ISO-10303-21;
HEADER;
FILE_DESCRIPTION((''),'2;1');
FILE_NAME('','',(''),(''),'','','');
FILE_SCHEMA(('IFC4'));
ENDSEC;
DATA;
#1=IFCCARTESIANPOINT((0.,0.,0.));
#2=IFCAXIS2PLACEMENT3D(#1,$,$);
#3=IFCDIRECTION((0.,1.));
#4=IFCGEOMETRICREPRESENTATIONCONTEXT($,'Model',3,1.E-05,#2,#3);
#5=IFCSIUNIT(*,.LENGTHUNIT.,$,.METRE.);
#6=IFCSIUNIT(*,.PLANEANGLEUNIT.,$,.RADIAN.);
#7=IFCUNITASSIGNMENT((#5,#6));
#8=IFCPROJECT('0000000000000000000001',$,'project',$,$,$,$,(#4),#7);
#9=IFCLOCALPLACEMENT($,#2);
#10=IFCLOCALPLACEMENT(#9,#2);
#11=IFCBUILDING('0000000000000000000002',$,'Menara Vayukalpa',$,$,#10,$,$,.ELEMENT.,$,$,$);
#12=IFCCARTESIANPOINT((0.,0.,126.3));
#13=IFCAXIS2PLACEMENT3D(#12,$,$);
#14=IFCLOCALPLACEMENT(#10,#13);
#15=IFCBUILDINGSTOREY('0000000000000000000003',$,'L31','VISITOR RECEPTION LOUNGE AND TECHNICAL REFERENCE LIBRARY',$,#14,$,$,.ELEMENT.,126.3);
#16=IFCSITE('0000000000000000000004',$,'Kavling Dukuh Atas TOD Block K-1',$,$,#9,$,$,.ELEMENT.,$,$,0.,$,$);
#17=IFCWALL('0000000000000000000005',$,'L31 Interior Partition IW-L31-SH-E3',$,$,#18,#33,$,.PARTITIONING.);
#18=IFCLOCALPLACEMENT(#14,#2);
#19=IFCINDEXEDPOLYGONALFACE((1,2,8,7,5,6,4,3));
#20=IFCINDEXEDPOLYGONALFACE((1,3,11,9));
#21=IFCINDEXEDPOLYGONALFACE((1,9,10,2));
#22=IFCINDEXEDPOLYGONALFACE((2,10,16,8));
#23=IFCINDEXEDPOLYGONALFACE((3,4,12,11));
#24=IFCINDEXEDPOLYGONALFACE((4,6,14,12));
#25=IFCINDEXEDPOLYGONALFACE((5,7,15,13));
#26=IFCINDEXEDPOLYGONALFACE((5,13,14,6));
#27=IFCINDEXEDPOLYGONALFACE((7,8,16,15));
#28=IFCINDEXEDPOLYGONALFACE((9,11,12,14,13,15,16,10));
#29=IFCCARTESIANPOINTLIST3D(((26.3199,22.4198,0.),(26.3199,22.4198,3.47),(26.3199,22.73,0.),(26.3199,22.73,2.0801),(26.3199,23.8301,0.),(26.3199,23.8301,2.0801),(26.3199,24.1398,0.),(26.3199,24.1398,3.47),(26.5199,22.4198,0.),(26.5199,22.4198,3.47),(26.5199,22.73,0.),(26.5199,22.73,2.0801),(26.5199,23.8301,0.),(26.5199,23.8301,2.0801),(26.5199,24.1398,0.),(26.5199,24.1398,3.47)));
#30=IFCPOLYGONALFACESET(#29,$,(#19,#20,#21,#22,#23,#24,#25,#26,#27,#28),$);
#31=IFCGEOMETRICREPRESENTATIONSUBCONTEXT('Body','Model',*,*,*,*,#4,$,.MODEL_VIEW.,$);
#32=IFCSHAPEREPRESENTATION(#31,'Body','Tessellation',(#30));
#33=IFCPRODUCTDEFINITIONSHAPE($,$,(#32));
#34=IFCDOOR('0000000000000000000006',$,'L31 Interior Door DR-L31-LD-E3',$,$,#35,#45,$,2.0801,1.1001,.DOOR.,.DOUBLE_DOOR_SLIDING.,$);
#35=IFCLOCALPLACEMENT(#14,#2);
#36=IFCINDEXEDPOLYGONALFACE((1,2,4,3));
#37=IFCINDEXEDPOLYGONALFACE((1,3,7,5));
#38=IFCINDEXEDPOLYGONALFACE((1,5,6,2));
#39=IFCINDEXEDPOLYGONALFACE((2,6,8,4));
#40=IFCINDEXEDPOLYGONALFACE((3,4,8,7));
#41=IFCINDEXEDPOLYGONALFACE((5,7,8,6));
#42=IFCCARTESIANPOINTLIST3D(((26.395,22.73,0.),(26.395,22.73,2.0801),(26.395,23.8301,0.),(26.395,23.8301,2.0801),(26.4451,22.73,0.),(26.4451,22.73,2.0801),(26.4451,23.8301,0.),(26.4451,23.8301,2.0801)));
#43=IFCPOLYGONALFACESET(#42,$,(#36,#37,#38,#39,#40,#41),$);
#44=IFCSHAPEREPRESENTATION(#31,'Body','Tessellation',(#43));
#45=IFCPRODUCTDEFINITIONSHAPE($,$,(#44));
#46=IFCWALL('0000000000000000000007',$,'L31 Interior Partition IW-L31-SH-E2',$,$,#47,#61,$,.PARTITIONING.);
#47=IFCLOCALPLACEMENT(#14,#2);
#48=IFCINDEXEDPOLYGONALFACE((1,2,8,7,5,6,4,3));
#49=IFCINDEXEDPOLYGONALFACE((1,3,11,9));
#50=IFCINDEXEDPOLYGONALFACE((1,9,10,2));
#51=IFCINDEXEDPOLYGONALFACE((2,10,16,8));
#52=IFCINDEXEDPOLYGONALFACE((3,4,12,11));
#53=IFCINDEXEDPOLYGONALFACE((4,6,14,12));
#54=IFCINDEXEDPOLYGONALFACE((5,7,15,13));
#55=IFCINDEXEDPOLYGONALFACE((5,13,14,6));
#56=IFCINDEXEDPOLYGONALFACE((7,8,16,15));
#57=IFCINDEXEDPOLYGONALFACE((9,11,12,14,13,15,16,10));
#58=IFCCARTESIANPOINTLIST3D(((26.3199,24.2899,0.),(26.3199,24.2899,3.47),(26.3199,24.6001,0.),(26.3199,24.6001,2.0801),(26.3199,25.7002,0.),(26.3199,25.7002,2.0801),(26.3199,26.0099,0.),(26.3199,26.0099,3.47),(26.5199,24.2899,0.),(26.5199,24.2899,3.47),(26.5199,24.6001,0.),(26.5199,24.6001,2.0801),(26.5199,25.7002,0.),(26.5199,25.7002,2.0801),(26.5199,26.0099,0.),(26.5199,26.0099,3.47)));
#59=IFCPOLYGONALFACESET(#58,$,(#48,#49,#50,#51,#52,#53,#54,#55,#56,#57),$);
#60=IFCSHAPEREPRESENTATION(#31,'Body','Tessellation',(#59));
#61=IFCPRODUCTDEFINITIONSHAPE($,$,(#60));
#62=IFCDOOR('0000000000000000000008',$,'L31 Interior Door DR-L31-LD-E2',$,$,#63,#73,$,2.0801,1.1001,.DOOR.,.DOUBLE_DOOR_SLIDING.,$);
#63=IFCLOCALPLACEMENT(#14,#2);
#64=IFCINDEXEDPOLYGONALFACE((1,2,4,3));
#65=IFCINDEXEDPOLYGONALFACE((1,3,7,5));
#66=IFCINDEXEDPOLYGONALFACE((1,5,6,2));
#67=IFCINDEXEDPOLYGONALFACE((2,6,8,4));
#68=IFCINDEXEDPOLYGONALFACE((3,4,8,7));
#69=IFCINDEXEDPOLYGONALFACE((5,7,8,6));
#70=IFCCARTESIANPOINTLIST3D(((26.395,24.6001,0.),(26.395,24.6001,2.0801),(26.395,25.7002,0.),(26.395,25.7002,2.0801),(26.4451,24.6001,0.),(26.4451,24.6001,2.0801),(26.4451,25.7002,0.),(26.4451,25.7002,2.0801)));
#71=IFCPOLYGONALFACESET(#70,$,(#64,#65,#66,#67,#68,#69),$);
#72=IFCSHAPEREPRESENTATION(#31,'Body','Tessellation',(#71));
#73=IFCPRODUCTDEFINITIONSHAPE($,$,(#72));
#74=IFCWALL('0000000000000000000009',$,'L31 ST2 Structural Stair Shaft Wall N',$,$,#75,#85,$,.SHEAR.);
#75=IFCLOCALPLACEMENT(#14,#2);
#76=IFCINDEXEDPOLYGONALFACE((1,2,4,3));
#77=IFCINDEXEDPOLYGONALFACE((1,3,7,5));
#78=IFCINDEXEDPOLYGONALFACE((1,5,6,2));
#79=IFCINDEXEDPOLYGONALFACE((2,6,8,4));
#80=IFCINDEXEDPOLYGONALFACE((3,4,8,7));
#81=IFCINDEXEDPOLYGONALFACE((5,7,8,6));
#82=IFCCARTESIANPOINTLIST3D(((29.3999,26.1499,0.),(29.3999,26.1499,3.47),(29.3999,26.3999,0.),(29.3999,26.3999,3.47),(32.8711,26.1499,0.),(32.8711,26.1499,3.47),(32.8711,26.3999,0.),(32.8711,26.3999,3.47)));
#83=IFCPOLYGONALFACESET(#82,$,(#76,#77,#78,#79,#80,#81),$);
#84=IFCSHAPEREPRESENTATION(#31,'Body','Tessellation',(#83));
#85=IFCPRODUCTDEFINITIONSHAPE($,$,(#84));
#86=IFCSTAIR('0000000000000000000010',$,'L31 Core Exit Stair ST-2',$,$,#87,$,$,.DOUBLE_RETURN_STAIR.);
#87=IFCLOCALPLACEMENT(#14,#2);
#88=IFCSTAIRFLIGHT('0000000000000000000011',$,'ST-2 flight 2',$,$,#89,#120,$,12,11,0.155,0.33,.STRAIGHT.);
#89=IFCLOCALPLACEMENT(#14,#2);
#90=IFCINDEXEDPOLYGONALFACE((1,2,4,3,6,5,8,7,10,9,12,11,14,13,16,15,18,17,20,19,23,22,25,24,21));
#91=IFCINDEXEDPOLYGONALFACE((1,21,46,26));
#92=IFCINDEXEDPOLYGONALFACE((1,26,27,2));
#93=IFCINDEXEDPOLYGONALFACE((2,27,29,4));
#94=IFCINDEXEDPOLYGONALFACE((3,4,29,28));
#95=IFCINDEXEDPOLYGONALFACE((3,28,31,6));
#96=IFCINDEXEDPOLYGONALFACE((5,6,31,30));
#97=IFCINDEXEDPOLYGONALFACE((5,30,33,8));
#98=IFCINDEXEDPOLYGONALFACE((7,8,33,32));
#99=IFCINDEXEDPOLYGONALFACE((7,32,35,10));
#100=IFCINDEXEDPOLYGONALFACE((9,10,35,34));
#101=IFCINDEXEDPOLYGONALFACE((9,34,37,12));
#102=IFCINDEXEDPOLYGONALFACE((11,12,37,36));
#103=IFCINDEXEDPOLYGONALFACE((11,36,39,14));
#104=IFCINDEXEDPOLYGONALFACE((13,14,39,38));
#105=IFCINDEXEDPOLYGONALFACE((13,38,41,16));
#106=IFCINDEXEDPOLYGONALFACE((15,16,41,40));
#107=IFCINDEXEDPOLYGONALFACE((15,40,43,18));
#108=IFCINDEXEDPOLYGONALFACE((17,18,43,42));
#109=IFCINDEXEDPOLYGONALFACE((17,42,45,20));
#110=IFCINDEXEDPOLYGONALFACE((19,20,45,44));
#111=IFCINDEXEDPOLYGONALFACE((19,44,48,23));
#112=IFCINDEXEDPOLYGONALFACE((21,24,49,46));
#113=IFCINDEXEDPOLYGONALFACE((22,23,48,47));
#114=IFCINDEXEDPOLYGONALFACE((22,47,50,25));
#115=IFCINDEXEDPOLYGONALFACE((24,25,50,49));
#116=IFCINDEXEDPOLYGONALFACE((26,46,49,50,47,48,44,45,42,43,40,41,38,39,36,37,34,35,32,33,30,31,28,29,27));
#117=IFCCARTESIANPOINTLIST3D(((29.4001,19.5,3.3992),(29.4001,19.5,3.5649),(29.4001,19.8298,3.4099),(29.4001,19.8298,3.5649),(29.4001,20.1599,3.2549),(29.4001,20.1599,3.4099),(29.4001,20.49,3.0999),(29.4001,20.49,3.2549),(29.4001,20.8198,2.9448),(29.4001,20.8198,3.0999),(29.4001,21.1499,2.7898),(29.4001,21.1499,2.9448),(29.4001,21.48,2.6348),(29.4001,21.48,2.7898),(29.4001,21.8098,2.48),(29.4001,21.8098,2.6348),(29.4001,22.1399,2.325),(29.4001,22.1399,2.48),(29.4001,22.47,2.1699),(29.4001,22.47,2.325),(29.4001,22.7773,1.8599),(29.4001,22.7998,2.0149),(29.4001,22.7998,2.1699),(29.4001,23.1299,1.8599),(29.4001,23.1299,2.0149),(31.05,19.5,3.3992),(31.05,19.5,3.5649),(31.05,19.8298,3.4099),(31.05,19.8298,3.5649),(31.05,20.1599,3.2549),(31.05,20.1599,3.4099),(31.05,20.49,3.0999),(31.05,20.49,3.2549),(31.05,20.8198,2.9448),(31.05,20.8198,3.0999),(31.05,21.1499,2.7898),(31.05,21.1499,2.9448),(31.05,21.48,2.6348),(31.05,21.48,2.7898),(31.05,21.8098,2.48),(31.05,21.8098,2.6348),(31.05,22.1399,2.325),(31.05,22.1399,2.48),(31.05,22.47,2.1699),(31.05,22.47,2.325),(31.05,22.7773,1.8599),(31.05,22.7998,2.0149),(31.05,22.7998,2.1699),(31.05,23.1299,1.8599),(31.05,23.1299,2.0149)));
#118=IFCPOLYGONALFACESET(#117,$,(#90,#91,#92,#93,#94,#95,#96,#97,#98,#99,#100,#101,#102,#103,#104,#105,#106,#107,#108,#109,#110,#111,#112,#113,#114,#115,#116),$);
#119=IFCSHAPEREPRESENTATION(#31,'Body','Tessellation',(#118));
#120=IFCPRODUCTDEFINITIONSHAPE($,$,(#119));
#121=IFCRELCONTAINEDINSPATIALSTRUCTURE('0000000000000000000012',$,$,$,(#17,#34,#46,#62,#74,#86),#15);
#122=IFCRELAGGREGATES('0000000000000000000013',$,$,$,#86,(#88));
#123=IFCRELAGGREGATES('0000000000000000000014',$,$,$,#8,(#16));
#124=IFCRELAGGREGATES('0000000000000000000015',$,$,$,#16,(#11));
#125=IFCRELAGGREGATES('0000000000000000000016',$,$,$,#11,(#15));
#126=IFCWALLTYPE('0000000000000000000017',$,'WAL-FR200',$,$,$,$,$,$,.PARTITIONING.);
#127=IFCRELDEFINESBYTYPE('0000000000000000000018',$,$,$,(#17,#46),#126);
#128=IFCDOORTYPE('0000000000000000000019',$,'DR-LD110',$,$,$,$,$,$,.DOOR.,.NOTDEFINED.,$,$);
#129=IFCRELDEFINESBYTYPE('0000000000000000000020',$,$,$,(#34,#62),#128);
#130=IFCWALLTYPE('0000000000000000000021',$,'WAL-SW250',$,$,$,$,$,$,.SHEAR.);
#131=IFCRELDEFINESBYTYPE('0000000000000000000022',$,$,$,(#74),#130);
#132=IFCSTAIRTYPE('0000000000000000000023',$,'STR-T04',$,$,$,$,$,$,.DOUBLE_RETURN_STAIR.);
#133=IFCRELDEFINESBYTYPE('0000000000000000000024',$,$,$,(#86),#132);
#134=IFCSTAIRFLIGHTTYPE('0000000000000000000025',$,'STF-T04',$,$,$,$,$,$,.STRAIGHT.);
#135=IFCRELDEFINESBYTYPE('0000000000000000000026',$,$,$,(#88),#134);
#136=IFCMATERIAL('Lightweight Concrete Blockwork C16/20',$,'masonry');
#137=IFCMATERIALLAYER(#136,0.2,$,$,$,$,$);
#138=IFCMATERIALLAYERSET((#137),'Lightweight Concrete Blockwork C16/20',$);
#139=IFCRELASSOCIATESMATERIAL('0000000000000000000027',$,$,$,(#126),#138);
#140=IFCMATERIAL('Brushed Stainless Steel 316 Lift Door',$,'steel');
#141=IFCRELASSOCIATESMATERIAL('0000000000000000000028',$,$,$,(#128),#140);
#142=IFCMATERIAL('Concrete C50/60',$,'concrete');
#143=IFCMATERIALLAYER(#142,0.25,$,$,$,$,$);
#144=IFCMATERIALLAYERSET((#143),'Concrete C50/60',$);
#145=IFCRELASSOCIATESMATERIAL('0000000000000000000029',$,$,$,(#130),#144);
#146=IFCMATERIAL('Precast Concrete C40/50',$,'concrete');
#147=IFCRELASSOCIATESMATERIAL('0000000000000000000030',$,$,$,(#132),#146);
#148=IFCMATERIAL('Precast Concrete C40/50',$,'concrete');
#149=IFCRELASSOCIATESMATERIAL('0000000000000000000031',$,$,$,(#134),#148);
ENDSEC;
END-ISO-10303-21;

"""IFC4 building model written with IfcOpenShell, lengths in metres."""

from ifc_helpers import new_model, si_unit, direction, frame, frame_2d, origin, place, context, subcontext, project, spatial, polyline, rectangle, outline, extrude, material, layer, layer_set, type_object, element, fill, aggregate, save


model = new_model("IFC4")

# Units and contexts
model_context = context("Model", 3, precision=1e-05, world=origin(), true_north=direction((0.0, 1.0)))
body_context = subcontext(model_context, "Body", "Model", "MODEL_VIEW")
ifc_project = project(units=[si_unit("LENGTHUNIT", "METRE"), si_unit("PLANEANGLEUNIT", "RADIAN")], contexts=[model_context])

# Site, building, storey
site_placement = place(None, origin())
site = spatial("IfcSite", under=ifc_project, at=site_placement, Name="Kavling Dukuh Atas TOD Block K-1", CompositionType="ELEMENT", RefElevation=0.0)
building_placement = place(site_placement, origin())
building = spatial("IfcBuilding", under=site, at=building_placement, Name="Menara Vayukalpa", CompositionType="ELEMENT")
storey_placement = place(building_placement, frame((0.0, 0.0, 126.3)))
storey = spatial("IfcBuildingStorey", under=building, at=storey_placement, Name="L31", Description="VISITOR RECEPTION LOUNGE AND TECHNICAL REFERENCE LIBRARY", CompositionType="ELEMENT", Elevation=126.3)

# Walls, openings, doors
ifc_material_1 = material(Name="Lightweight Concrete Blockwork C16/20", Category="masonry")
ifc_layer_1 = layer(ifc_material_1, 0.2)
ifc_layer_set_1 = layer_set([ifc_layer_1], Name="Lightweight Concrete Blockwork C16/20")
wall_type_1 = type_object("IfcWallType", Name="WAL-FR200", PredefinedType="PARTITIONING", material=ifc_layer_set_1)
wall_1_placement = place(storey_placement, frame((26.4199, 22.4199, 0.0), z_axis=(0.0, 0.0, 1.0), x_axis=(0.0, 1.0, 0.0)))
wall_1 = element("IfcWall", 1, at=wall_1_placement, inside=storey, type_object=wall_type_1, Name="L31 Interior Partition IW-L31-SH-E3", PredefinedType="PARTITIONING", context=body_context, shape_type="SweptSolid", body=[
    extrude(rectangle(XDim=1.72, YDim=0.2, at=frame_2d((0.8599, 0.0))), origin(), (0.0, 0.0, 1.0), 3.47),
])
opening_1_placement = place(wall_1_placement, frame((0.3101, 0.0, 0.0)))
opening_1 = element("IfcOpeningElement", 2, at=opening_1_placement, cuts=wall_1, PredefinedType="OPENING", context=body_context, shape_type="SweptSolid", body=[
    extrude(rectangle(XDim=1.1001, YDim=2.0801, at=frame_2d((0.55, 1.04))), frame((0.0, 0.1099, 0.0), z_axis=(0.0, -1.0, 0.0), x_axis=(1.0, 0.0, 0.0)), (0.0, 0.0, 1.0), 0.22),
])
ifc_material_2 = material(Name="Brushed Stainless Steel 316 Lift Door", Category="steel")
door_type_1 = type_object("IfcDoorType", Name="DR-LD110", OperationType="NOTDEFINED", PredefinedType="DOOR", material=ifc_material_2)
door_1_placement = place(opening_1_placement, origin())
door_1 = element("IfcDoor", 3, at=door_1_placement, inside=storey, type_object=door_type_1, Name="L31 Interior Door DR-L31-LD-E3", OperationType="DOUBLE_DOOR_SLIDING", OverallHeight=2.0801, OverallWidth=1.1001, PredefinedType="DOOR", context=body_context, shape_type="SweptSolid", body=[
    extrude(rectangle(XDim=1.1001, YDim=2.0801, at=frame_2d((0.55, 1.04))), frame((0.0, 0.0249, 0.0), z_axis=(0.0, -1.0, 0.0), x_axis=(1.0, 0.0, 0.0)), (0.0, 0.0, 1.0), 0.05),
])
fill(opening_1, door_1)
wall_2_placement = place(storey_placement, frame((26.4199, 24.29, 0.0), z_axis=(0.0, 0.0, 1.0), x_axis=(0.0, 1.0, 0.0)))
wall_2 = element("IfcWall", 4, at=wall_2_placement, inside=storey, type_object=wall_type_1, Name="L31 Interior Partition IW-L31-SH-E2", PredefinedType="PARTITIONING", context=body_context, shape_type="SweptSolid", body=[
    extrude(rectangle(XDim=1.72, YDim=0.2, at=frame_2d((0.8599, 0.0))), origin(), (0.0, 0.0, 1.0), 3.47),
])
opening_2_placement = place(wall_2_placement, frame((0.3101, 0.0, 0.0)))
opening_2 = element("IfcOpeningElement", 5, at=opening_2_placement, cuts=wall_2, PredefinedType="OPENING", context=body_context, shape_type="SweptSolid", body=[
    extrude(rectangle(XDim=1.1001, YDim=2.0801, at=frame_2d((0.55, 1.04))), frame((0.0, 0.1099, 0.0), z_axis=(0.0, -1.0, 0.0), x_axis=(1.0, 0.0, 0.0)), (0.0, 0.0, 1.0), 0.22),
])
door_2_placement = place(opening_2_placement, origin())
door_2 = element("IfcDoor", 6, at=door_2_placement, inside=storey, type_object=door_type_1, Name="L31 Interior Door DR-L31-LD-E2", OperationType="DOUBLE_DOOR_SLIDING", OverallHeight=2.0801, OverallWidth=1.1001, PredefinedType="DOOR", context=body_context, shape_type="SweptSolid", body=[
    extrude(rectangle(XDim=1.1001, YDim=2.0801, at=frame_2d((0.55, 1.04))), frame((0.0, 0.0249, 0.0), z_axis=(0.0, -1.0, 0.0), x_axis=(1.0, 0.0, 0.0)), (0.0, 0.0, 1.0), 0.05),
])
fill(opening_2, door_2)

# Wall
ifc_material_3 = material(Name="Concrete C50/60", Category="concrete")
ifc_layer_2 = layer(ifc_material_3, 0.25)
ifc_layer_set_2 = layer_set([ifc_layer_2], Name="Concrete C50/60")
wall_type_2 = type_object("IfcWallType", Name="WAL-SW250", PredefinedType="SHEAR", material=ifc_layer_set_2)
wall_3_placement = place(storey_placement, frame((29.3999, 26.2749, 0.0), z_axis=(0.0, 0.0, 1.0), x_axis=(1.0, 0.0, 0.0)))
element("IfcWall", 7, at=wall_3_placement, inside=storey, type_object=wall_type_2, Name="L31 ST2 Structural Stair Shaft Wall N", PredefinedType="SHEAR", context=body_context, shape_type="SweptSolid", body=[
    extrude(rectangle(XDim=3.4712, YDim=0.25, at=frame_2d((1.7356, 0.0))), origin(), (0.0, 0.0, 1.0), 3.47),
])

# Stair, stair flight
ifc_material_4 = material(Name="Precast Concrete C40/50", Category="concrete")
stair_type = type_object("IfcStairType", Name="STR-T04", PredefinedType="DOUBLE_RETURN_STAIR", material=ifc_material_4)
stair_placement = place(storey_placement, origin())
stair = element("IfcStair", 8, at=stair_placement, inside=storey, type_object=stair_type, Name="L31 Core Exit Stair ST-2", PredefinedType="DOUBLE_RETURN_STAIR")
ifc_material_5 = material(Name="Precast Concrete C40/50", Category="concrete")
stair_flight_type = type_object("IfcStairFlightType", Name="STF-T04", PredefinedType="STRAIGHT", material=ifc_material_5)
stair_flight_placement = place(storey_placement, frame((30.2251, 23.1299, 1.8599), z_axis=(0.0, 0.0, 1.0), x_axis=(0.0, -1.0, 0.0)))
stair_flight = element("IfcStairFlight", 9, at=stair_flight_placement, type_object=stair_flight_type, Name="ST-2 flight 2", NumberOfRisers=12, NumberOfTreads=11, PredefinedType="STRAIGHT", RiserHeight=0.155, TreadLength=0.33, context=body_context, shape_type="SweptSolid", body=[
    extrude(outline(polyline([(0.0, 0.0), (0.0, 0.155), (0.3301, 0.155), (0.3301, 0.3101), (0.6599, 0.3101), (0.6599, 0.4651), (0.99, 0.4651), (0.99, 0.6201), (1.3201, 0.6201), (1.3201, 0.7749), (1.6499, 0.7749), (1.6499, 0.9299), (1.98, 0.9299), (1.98, 1.085), (2.3101, 1.085), (2.3101, 1.24), (2.6399, 1.24), (2.6399, 1.395), (2.97, 1.395), (2.97, 1.55), (3.3, 1.55), (3.3, 1.7051), (3.6299, 1.7051), (3.6299, 1.8601), (3.6299, 1.5393), (0.3525, 0.0), (0.0, 0.0)])), frame((0.0, 0.825, 0.0), z_axis=(0.0, -1.0, 0.0), x_axis=(1.0, 0.0, 0.0)), (0.0, 0.0, 1.0), 1.6499),
])
aggregate(stair, [stair_flight])

save(model, "model.ifc")
